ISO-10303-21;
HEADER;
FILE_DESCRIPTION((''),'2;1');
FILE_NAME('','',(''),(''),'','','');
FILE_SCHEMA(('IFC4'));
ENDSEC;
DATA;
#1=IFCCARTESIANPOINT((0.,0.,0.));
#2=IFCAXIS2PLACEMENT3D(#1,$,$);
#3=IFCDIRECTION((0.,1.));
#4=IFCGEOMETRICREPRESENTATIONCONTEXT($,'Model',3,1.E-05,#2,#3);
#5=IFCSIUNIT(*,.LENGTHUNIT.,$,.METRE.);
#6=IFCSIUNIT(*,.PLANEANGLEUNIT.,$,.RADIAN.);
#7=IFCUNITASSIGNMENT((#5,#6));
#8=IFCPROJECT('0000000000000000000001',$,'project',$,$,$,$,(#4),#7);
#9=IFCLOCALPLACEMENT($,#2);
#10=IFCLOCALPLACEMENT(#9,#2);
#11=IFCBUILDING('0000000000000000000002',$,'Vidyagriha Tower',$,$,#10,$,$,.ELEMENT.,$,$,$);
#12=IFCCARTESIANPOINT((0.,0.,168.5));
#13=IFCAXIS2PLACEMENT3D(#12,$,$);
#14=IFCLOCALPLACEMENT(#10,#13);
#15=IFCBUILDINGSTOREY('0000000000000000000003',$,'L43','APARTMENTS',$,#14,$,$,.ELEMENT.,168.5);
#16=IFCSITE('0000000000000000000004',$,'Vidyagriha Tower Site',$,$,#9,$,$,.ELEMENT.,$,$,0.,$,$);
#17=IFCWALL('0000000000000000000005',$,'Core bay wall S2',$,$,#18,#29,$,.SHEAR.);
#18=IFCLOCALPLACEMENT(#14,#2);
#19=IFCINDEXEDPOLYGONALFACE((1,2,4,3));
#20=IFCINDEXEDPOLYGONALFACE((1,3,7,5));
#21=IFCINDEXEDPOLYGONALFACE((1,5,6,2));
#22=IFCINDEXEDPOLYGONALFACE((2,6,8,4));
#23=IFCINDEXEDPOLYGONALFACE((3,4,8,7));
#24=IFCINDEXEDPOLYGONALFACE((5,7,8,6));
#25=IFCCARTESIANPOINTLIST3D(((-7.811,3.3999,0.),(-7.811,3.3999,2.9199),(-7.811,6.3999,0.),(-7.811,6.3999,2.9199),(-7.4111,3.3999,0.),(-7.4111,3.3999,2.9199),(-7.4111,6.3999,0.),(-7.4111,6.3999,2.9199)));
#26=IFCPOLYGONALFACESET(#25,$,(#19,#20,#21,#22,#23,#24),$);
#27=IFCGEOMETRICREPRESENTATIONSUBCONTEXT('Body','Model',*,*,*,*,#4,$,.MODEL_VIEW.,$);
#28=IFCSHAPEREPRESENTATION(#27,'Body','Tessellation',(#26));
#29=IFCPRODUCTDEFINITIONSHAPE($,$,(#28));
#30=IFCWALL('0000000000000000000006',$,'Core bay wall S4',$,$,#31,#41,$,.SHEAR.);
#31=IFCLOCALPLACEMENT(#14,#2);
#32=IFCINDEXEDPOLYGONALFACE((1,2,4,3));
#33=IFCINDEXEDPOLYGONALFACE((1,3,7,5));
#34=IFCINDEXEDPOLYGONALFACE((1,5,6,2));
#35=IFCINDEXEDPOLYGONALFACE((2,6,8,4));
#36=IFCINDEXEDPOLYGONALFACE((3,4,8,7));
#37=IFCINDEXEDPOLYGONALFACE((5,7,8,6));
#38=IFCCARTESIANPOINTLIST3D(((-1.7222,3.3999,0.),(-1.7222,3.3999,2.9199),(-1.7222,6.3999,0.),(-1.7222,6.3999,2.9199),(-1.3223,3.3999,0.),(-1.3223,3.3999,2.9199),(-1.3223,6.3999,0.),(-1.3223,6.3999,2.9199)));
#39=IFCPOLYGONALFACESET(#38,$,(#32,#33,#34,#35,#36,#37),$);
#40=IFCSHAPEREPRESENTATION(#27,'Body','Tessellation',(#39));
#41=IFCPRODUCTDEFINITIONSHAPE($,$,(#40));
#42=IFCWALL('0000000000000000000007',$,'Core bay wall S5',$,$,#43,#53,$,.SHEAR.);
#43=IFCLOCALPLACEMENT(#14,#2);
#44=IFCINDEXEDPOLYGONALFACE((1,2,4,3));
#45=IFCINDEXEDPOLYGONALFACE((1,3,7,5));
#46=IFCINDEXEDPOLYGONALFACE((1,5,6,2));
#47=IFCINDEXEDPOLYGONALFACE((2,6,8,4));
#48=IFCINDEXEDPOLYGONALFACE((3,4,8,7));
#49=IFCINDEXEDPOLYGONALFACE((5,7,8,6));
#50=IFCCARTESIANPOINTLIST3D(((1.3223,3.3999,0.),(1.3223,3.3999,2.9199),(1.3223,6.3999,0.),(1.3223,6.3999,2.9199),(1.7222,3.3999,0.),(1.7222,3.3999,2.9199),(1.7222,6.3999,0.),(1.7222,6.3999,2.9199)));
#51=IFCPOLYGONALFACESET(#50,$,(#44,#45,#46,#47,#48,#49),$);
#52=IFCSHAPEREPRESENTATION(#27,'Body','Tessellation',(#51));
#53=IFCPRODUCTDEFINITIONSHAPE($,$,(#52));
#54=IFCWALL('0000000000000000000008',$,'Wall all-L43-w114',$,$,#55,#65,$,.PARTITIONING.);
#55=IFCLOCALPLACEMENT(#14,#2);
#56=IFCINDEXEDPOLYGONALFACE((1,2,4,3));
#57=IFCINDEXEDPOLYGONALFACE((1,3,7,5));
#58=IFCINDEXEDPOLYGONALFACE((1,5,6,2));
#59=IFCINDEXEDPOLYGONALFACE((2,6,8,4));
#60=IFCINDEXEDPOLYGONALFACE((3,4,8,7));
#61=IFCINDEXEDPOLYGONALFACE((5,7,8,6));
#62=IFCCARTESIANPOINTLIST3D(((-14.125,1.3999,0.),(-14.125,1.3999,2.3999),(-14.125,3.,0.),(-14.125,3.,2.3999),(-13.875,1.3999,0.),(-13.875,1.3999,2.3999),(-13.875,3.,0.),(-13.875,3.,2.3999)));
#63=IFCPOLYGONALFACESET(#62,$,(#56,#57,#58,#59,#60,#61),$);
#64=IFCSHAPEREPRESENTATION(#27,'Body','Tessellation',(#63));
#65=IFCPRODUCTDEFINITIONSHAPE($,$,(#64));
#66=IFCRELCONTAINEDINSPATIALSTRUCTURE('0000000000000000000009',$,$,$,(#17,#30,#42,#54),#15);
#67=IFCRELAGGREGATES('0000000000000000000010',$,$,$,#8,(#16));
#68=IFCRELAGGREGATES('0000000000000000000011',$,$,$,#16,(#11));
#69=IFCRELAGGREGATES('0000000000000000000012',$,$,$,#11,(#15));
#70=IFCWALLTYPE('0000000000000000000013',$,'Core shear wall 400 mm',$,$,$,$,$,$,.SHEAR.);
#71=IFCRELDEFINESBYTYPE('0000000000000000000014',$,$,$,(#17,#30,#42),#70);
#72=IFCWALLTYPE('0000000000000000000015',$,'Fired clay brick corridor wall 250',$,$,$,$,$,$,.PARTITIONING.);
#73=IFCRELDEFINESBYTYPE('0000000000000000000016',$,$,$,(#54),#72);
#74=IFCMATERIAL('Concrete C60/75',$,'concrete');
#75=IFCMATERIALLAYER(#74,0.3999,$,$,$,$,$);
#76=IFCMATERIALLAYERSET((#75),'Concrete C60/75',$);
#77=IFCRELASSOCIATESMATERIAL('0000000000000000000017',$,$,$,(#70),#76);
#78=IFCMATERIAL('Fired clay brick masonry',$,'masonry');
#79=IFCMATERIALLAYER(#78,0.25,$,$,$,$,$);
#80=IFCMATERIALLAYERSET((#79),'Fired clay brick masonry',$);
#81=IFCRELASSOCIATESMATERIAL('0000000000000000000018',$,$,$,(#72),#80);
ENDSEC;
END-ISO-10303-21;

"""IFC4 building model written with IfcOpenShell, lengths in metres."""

from ifc_helpers import new_model, si_unit, direction, frame, frame_2d, origin, place, context, subcontext, project, spatial, rectangle, extrude, material, layer, layer_set, type_object, element, save


model = new_model("IFC4")

# Units and contexts
model_context = context("Model", 3, precision=1e-05, world=origin(), true_north=direction((0.0, 1.0)))
body_context = subcontext(model_context, "Body", "Model", "MODEL_VIEW")
ifc_project = project(units=[si_unit("LENGTHUNIT", "METRE"), si_unit("PLANEANGLEUNIT", "RADIAN")], contexts=[model_context])

# Site, building, storey
site_placement = place(None, origin())
site = spatial("IfcSite", under=ifc_project, at=site_placement, Name="Vidyagriha Tower Site", CompositionType="ELEMENT", RefElevation=0.0)
building_placement = place(site_placement, origin())
building = spatial("IfcBuilding", under=site, at=building_placement, Name="Vidyagriha Tower", CompositionType="ELEMENT")
storey_placement = place(building_placement, frame((0.0, 0.0, 168.5)))
storey = spatial("IfcBuildingStorey", under=building, at=storey_placement, Name="L43", Description="APARTMENTS", CompositionType="ELEMENT", Elevation=168.5)

# Shared definitions
ifc_material_1 = material(Name="Concrete C60/75", Category="concrete")
ifc_layer_1 = layer(ifc_material_1, 0.3999)
ifc_layer_set_1 = layer_set([ifc_layer_1], Name="Concrete C60/75")
wall_type_1 = type_object("IfcWallType", Name="Core shear wall 400 mm", PredefinedType="SHEAR", material=ifc_layer_set_1)

# Walls
for number, where, z_axis, x_axis, name in (
    (1, (-7.6111, 3.3999, 0.0), (0.0, 0.0, 1.0), (0.0, 1.0, 0.0), "Core bay wall S2"),
    (2, (-1.5222, 3.3999, 0.0), (0.0, 0.0, 1.0), (0.0, 1.0, 0.0), "Core bay wall S4"),
    (3, (1.5222, 3.3999, 0.0), (0.0, 0.0, 1.0), (0.0, 1.0, 0.0), "Core bay wall S5"),
):
    element("IfcWall", number, at=place(storey_placement, frame(where, z_axis=z_axis, x_axis=x_axis)), inside=storey, type_object=wall_type_1, Name=name, PredefinedType="SHEAR", context=body_context, shape_type="SweptSolid", body=[
        extrude(rectangle(XDim=3.0, YDim=0.3999, at=frame_2d((1.5, 0.0))), origin(), (0.0, 0.0, 1.0), 2.9199),
    ])
ifc_material_2 = material(Name="Fired clay brick masonry", Category="masonry")
ifc_layer_2 = layer(ifc_material_2, 0.25)
ifc_layer_set_2 = layer_set([ifc_layer_2], Name="Fired clay brick masonry")
wall_type_2 = type_object("IfcWallType", Name="Fired clay brick corridor wall 250", PredefinedType="PARTITIONING", material=ifc_layer_set_2)
wall_1_placement = place(storey_placement, frame((-14.0, 3.0, 0.0), z_axis=(0.0, 0.0, 1.0), x_axis=(0.0, -1.0, 0.0)))
element("IfcWall", 4, at=wall_1_placement, inside=storey, type_object=wall_type_2, Name="Wall all-L43-w114", PredefinedType="PARTITIONING", context=body_context, shape_type="SweptSolid", body=[
    extrude(rectangle(XDim=1.6001, YDim=0.25, at=frame_2d((0.8, 0.0))), origin(), (0.0, 0.0, 1.0), 2.3999),
])

save(model, "model.ifc")
